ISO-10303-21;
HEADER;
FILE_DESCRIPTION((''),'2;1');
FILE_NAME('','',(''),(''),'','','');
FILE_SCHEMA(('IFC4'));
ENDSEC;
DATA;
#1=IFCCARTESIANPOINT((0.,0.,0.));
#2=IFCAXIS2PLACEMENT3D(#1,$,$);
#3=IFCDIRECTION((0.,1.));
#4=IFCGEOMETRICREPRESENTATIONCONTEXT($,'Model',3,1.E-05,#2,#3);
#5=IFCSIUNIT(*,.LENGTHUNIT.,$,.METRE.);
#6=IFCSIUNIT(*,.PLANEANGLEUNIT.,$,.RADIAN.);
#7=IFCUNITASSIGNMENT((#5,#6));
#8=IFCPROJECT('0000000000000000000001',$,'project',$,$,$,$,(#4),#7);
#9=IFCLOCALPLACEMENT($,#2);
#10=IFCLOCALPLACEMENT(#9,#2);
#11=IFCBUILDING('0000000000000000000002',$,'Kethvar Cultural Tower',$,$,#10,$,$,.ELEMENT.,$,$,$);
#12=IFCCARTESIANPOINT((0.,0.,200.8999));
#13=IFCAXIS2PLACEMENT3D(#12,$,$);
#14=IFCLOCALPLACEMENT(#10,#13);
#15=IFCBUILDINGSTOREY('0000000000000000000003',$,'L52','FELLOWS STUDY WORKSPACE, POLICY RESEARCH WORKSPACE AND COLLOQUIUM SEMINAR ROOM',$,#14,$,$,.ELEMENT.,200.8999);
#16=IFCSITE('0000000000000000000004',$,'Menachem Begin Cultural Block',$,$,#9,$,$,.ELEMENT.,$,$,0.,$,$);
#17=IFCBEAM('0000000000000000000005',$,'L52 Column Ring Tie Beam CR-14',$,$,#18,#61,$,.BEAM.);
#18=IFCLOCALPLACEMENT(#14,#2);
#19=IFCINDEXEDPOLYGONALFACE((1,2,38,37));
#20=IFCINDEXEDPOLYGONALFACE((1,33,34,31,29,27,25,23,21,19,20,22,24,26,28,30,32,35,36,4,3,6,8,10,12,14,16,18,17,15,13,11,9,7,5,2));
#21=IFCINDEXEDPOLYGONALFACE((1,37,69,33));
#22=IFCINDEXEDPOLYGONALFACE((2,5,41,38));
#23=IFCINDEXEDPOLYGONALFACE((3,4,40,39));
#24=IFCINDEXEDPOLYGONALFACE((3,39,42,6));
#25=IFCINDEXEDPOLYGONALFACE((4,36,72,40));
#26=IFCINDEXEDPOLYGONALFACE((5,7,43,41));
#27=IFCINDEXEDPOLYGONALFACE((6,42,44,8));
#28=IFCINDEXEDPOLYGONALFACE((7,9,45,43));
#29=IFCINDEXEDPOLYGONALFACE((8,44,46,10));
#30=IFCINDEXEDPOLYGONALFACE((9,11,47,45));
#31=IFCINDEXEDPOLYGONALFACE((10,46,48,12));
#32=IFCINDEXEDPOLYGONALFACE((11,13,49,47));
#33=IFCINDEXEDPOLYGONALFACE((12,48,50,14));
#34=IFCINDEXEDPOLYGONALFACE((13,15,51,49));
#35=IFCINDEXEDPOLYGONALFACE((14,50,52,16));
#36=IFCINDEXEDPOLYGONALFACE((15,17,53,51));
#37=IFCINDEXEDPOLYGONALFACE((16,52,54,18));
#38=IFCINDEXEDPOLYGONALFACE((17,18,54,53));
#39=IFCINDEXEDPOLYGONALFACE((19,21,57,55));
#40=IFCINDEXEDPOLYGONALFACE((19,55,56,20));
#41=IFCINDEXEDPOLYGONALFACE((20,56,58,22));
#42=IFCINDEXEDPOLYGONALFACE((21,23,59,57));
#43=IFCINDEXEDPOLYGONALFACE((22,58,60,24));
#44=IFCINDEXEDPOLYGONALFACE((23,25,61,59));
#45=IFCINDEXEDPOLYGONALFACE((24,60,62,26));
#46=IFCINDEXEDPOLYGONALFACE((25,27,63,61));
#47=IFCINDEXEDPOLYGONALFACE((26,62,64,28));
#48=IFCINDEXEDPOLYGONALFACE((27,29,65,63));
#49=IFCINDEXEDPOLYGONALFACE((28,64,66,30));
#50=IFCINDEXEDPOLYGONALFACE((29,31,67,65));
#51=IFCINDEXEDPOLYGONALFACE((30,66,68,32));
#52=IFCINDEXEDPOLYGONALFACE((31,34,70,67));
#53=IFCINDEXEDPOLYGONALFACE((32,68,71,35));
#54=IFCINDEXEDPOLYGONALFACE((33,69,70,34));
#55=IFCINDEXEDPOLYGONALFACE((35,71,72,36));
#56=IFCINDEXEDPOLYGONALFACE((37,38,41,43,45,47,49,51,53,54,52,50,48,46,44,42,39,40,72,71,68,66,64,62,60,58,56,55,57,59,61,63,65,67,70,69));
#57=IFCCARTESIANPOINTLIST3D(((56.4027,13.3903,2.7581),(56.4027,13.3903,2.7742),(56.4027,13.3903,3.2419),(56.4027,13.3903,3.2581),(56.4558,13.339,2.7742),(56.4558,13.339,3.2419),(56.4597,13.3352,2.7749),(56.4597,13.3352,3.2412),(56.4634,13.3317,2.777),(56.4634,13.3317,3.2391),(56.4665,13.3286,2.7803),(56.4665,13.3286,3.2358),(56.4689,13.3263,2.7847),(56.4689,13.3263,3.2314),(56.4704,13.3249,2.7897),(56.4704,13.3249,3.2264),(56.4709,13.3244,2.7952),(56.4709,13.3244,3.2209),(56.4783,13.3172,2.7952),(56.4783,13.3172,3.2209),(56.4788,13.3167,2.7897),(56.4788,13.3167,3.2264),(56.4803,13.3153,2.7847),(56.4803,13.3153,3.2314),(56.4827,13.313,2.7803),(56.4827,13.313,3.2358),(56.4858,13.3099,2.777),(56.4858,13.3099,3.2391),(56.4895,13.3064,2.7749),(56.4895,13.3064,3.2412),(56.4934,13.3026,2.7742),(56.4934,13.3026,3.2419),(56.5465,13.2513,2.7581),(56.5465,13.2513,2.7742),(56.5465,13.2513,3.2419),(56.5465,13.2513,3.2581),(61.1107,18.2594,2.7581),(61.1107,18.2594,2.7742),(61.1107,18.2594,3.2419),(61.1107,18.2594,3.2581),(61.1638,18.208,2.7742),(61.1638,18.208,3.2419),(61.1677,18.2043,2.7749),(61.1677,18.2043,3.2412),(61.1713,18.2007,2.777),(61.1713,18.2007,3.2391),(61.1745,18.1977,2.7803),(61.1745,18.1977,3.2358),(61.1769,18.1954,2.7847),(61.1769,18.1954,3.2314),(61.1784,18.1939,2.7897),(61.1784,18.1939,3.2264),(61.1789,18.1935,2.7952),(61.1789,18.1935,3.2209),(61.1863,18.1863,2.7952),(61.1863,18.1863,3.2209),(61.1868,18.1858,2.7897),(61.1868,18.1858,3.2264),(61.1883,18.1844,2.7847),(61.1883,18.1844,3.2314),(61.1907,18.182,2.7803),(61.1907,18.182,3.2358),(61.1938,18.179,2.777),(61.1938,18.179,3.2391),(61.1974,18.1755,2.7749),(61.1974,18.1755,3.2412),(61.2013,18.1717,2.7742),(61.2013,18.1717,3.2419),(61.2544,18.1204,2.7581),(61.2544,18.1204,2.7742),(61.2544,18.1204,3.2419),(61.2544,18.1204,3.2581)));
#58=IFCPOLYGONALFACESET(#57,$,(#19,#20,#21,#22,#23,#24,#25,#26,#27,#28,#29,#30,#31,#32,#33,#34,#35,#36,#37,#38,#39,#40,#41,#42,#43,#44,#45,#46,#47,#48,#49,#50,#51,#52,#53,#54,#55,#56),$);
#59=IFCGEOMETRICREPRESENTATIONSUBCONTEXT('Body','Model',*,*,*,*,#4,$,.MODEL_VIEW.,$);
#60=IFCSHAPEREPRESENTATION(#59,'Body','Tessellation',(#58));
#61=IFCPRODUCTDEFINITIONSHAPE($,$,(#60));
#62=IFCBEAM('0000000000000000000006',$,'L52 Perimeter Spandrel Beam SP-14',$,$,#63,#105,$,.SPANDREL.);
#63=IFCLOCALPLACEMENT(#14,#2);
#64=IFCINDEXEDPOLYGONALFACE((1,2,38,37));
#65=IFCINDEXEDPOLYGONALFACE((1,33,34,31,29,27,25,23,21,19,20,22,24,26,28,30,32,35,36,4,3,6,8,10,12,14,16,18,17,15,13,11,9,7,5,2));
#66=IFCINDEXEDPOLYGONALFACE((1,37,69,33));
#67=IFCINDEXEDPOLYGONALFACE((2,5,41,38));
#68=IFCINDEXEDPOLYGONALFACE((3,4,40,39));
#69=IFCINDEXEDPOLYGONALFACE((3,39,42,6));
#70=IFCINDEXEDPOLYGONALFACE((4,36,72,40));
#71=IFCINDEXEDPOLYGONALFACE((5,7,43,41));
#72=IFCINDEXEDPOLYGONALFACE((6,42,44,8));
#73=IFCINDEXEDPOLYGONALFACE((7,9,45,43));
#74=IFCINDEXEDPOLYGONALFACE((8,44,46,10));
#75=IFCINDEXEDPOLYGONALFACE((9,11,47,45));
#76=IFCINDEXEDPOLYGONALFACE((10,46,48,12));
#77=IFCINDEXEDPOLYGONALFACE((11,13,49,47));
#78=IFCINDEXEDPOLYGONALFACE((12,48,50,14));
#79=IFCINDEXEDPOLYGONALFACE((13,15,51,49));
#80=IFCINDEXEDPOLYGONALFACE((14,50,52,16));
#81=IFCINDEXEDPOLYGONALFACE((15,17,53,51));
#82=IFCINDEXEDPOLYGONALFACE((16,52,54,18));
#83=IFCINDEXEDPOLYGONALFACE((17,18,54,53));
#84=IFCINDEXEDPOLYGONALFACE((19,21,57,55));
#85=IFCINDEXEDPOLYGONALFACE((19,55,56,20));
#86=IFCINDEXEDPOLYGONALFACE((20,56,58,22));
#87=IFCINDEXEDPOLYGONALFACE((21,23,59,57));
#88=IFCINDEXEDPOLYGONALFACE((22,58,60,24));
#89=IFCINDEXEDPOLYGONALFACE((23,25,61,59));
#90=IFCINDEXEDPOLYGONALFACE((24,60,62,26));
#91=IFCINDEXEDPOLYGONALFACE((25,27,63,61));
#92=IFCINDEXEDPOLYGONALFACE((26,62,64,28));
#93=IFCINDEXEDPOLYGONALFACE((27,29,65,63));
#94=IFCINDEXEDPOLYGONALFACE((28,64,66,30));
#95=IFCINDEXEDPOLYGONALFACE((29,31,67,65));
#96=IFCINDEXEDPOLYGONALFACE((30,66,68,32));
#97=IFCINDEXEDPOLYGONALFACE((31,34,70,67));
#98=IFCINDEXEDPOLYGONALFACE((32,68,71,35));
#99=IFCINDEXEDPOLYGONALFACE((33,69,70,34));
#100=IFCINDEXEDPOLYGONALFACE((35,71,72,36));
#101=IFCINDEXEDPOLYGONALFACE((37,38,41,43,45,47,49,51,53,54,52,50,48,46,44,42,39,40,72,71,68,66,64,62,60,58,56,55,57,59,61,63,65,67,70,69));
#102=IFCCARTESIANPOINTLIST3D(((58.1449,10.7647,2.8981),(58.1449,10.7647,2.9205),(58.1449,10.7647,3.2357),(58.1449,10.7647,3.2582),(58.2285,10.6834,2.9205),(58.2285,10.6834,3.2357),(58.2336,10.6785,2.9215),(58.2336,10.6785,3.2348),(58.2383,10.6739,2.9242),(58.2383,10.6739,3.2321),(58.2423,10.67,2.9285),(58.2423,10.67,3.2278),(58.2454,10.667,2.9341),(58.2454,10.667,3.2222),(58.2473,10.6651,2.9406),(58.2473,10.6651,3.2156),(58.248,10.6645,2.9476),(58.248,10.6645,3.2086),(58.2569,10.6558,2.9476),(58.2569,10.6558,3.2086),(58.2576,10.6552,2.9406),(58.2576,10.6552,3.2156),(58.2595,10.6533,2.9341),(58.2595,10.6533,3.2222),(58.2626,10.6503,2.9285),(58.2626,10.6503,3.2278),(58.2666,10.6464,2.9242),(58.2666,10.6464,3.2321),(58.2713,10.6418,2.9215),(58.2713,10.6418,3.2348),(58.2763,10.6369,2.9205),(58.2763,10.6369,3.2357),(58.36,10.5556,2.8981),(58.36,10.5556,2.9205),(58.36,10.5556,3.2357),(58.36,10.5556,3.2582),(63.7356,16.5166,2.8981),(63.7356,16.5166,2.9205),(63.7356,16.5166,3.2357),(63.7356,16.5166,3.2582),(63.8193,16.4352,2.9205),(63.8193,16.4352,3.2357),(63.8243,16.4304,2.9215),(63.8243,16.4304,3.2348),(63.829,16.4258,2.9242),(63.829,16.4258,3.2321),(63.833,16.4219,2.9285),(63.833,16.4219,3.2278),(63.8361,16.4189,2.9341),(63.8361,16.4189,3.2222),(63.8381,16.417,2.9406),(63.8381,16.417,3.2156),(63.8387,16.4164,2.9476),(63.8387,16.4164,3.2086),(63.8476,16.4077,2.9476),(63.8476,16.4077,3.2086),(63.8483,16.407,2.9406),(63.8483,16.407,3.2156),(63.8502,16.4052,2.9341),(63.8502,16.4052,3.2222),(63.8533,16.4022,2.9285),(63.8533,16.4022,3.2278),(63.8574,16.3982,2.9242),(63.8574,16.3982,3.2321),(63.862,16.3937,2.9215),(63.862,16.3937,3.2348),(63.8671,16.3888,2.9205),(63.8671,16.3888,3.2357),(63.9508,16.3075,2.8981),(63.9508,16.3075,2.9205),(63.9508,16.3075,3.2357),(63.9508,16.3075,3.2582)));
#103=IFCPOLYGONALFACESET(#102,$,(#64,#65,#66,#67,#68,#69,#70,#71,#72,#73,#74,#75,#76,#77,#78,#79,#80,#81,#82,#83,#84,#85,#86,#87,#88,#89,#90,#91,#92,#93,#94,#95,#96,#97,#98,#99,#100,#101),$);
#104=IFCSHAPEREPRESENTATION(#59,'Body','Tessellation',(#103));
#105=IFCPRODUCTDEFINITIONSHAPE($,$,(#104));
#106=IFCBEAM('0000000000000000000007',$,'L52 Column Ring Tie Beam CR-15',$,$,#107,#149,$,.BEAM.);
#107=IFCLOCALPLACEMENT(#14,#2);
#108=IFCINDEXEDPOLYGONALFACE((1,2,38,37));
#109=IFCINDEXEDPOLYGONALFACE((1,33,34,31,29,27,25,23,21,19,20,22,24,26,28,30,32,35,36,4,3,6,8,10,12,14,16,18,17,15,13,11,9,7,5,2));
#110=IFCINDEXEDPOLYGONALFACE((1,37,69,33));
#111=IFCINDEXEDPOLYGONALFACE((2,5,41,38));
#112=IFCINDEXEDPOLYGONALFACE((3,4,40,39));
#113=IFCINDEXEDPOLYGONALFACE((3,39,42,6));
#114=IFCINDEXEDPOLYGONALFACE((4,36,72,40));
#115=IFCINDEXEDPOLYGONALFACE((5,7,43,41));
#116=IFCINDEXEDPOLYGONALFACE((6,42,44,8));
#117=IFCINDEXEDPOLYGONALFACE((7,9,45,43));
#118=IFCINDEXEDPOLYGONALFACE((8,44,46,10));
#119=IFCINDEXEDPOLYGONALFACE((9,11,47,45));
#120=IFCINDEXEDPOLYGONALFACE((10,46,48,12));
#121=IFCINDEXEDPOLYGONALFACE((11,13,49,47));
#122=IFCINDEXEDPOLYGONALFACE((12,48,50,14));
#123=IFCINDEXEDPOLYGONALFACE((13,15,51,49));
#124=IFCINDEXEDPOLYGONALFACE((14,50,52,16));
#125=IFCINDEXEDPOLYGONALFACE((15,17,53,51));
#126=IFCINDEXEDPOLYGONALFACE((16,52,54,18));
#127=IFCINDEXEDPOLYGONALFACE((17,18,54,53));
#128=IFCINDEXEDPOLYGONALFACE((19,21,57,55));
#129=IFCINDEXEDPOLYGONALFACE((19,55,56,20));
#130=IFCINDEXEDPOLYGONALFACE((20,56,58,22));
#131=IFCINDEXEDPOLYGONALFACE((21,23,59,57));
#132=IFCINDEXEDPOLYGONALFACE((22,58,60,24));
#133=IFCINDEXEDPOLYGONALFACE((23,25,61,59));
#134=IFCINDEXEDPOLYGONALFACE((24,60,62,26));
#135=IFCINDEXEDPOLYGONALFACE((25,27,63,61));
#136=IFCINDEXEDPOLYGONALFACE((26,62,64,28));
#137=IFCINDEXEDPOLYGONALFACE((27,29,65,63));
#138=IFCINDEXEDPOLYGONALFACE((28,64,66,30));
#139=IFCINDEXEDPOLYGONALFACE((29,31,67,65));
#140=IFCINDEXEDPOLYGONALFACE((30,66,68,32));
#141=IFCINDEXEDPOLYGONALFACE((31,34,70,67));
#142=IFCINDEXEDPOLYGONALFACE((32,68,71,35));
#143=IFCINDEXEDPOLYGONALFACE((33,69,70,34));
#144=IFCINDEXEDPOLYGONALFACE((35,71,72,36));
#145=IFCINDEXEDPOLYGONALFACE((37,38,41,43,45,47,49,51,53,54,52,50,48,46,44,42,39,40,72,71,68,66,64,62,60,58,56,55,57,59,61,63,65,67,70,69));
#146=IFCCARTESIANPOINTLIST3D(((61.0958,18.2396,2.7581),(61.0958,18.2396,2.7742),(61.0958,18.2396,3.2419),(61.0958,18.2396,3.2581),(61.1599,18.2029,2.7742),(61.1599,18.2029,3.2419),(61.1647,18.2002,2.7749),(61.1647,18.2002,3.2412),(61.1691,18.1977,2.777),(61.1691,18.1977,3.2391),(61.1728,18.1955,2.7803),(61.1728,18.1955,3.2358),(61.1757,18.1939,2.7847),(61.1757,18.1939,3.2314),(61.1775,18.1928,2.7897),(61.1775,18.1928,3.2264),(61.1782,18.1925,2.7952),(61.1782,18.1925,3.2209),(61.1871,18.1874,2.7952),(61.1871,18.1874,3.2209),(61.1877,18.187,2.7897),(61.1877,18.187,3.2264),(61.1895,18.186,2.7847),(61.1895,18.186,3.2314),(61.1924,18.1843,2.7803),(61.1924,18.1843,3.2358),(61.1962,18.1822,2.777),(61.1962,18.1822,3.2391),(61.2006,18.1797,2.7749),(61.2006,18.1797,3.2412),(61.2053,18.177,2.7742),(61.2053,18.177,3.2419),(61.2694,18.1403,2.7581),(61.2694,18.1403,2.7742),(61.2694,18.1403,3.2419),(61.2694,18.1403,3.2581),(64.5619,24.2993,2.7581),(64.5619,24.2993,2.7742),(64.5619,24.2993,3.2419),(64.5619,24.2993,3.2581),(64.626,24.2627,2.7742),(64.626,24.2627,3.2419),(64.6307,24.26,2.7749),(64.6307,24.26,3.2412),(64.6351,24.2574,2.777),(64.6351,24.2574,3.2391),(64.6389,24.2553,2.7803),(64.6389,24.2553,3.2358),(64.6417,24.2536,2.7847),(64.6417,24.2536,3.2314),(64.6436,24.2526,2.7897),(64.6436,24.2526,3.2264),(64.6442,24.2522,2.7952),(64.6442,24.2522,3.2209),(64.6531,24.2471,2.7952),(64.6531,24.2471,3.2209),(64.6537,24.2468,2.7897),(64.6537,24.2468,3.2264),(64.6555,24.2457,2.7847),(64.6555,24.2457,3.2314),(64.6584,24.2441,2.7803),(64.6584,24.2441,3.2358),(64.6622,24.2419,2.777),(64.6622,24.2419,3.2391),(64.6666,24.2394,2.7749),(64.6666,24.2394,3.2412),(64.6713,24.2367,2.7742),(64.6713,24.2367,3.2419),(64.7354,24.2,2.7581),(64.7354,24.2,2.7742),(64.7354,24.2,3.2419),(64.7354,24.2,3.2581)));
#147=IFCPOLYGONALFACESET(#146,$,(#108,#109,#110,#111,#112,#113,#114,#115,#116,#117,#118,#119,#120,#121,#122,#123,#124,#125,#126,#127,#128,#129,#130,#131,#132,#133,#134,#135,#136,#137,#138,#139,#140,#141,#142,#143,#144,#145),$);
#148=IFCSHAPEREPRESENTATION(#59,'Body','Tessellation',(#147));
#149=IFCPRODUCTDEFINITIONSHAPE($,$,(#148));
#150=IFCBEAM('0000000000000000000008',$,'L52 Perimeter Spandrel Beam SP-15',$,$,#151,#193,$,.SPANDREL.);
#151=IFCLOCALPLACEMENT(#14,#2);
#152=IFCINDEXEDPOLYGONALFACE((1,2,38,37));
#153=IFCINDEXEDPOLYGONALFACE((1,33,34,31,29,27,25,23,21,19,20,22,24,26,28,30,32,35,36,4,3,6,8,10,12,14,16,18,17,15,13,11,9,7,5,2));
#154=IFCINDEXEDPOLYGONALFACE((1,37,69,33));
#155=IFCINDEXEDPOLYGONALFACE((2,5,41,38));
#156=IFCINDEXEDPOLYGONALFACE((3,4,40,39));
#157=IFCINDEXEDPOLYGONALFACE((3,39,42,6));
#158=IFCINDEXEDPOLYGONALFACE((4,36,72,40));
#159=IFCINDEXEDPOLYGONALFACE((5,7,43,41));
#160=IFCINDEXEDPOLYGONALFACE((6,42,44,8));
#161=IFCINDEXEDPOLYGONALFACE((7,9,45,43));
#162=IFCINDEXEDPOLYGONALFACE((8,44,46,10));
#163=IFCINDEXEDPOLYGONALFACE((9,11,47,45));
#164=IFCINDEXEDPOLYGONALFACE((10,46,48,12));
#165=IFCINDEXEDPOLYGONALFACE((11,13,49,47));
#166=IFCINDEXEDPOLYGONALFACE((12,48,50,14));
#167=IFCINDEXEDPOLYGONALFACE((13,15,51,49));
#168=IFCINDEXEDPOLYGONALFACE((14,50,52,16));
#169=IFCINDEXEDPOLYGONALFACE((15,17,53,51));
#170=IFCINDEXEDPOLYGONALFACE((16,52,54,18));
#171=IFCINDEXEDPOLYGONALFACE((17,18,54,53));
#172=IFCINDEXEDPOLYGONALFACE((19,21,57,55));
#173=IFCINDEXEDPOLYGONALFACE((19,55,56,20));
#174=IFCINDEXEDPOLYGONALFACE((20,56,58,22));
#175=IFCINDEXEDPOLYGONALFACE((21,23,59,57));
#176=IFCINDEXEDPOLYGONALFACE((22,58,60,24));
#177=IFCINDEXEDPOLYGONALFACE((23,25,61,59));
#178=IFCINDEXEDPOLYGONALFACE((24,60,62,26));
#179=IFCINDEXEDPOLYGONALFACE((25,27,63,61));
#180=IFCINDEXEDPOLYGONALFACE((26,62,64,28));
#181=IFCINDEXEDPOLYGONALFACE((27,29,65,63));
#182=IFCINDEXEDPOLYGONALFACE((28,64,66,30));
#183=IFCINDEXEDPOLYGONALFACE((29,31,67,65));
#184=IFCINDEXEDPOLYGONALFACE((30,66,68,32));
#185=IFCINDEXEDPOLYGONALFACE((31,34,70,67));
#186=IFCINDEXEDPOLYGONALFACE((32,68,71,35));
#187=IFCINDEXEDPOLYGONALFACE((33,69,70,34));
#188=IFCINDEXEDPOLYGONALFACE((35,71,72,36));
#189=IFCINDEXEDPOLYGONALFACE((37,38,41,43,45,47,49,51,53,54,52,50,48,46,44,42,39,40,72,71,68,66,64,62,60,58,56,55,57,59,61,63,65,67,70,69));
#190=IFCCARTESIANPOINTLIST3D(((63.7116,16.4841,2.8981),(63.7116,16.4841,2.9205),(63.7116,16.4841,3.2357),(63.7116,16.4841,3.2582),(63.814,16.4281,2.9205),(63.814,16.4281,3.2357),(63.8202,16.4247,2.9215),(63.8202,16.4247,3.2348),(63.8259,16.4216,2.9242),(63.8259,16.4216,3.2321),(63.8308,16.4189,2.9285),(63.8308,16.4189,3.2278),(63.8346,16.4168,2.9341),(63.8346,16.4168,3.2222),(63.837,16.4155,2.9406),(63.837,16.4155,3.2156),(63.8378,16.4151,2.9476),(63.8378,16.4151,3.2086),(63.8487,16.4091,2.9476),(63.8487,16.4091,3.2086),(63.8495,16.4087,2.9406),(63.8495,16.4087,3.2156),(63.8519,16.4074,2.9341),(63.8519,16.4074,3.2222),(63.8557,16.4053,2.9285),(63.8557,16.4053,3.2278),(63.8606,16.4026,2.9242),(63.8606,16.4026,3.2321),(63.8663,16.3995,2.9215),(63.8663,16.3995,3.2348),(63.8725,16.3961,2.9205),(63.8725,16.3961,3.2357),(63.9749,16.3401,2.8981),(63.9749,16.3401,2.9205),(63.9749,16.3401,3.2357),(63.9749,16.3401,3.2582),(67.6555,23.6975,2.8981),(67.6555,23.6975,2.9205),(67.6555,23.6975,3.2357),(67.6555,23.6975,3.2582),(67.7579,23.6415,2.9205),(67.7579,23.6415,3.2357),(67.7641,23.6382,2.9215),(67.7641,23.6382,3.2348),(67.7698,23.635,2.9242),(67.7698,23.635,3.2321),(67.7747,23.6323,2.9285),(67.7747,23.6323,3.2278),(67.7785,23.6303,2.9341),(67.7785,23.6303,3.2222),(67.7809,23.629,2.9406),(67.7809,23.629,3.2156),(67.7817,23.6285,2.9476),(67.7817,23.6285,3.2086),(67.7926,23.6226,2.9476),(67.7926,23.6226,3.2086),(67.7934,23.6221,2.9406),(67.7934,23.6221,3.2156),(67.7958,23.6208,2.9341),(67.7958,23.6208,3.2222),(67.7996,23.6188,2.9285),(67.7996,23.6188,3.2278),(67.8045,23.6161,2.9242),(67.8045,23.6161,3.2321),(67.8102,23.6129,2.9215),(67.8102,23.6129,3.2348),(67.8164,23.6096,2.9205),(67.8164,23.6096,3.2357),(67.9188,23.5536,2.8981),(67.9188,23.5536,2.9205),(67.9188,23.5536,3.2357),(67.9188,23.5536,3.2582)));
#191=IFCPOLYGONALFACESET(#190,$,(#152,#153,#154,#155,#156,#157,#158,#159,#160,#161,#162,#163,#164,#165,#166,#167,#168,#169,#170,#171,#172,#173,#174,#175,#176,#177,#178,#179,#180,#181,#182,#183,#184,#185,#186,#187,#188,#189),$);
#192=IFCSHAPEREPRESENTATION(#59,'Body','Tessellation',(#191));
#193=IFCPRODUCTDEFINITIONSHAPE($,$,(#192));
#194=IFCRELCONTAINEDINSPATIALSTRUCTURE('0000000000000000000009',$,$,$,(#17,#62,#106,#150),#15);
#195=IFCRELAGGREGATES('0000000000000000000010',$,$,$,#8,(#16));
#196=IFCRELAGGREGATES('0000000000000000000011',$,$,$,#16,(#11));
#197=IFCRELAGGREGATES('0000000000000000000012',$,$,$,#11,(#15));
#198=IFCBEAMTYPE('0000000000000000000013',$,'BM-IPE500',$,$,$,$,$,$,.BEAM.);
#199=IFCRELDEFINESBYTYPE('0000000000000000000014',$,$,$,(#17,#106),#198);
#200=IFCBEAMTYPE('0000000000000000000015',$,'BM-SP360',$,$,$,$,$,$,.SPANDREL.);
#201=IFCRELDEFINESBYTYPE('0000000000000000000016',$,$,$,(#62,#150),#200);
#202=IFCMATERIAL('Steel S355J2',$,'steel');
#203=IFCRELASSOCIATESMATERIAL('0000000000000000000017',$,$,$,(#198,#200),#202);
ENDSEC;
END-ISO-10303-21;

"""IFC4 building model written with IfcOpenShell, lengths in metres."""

from ifc_helpers import new_model, si_unit, direction, frame, origin, origin_2d, place, context, subcontext, project, spatial, i_section, extrude, source, transform, mapped, material, material_profile, profile_set, type_object, element, save


model = new_model("IFC4")

# Units and contexts
model_context = context("Model", 3, precision=1e-05, world=origin(), true_north=direction((0.0, 1.0)))
body_context = subcontext(model_context, "Body", "Model", "MODEL_VIEW")
ifc_project = project(units=[si_unit("LENGTHUNIT", "METRE"), si_unit("PLANEANGLEUNIT", "RADIAN")], contexts=[model_context])

# Site, building, storey
site_placement = place(None, origin())
site = spatial("IfcSite", under=ifc_project, at=site_placement, Name="Menachem Begin Cultural Block", CompositionType="ELEMENT", RefElevation=0.0)
building_placement = place(site_placement, origin())
building = spatial("IfcBuilding", under=site, at=building_placement, Name="Kethvar Cultural Tower", CompositionType="ELEMENT")
storey_placement = place(building_placement, frame((0.0, 0.0, 200.8999)))
storey = spatial("IfcBuildingStorey", under=building, at=storey_placement, Name="L52", Description="FELLOWS STUDY WORKSPACE, POLICY RESEARCH WORKSPACE AND COLLOQUIUM SEMINAR ROOM", CompositionType="ELEMENT", Elevation=200.8999)

# Beams
ifc_material_1 = material(Name="Steel S355J2", Category="steel")
ifc_material_profile_1 = material_profile(ifc_material_1, i_section(OverallWidth=0.2, OverallDepth=0.5, WebThickness=0.0103, FlangeThickness=0.0161, FilletRadius=0.021, at=origin_2d()), Name="Steel S355J2 — IPE500")
ifc_profile_set_1 = profile_set([ifc_material_profile_1], Name="Steel S355J2 — IPE500")
beam_type_1 = type_object("IfcBeamType", Name="BM-IPE500", PredefinedType="BEAM", material=ifc_profile_set_1)
shared_shape_1 = source(origin(), body_context, "Body", "SweptSolid", [
    extrude(i_section(OverallWidth=0.2, OverallDepth=0.5, WebThickness=0.0103, FlangeThickness=0.0161, FilletRadius=0.021, at=origin_2d()), origin(), (0.0, 0.0, 1.0), 6.7729),
])
beam_1_placement = place(storey_placement, frame((56.4746, 13.3208, 3.0081), z_axis=(0.695112, 0.718902, 0.0), x_axis=(-0.718902, 0.695112, 0.0)))
element("IfcBeam", 1, at=beam_1_placement, inside=storey, type_object=beam_type_1, Name="L52 Column Ring Tie Beam CR-14", PredefinedType="BEAM", context=body_context, shape_type="MappedRepresentation", body=[
    mapped(shared_shape_1, transform((0.0, 0.0, 0.0), scale=1.0)),
])
ifc_material_profile_2 = material_profile(ifc_material_1, i_section(OverallWidth=0.3, OverallDepth=0.3601, WebThickness=0.0125, FlangeThickness=0.0225, FilletRadius=0.0271, at=origin_2d()), Name="Steel S355J2 — HEB360")
ifc_profile_set_2 = profile_set([ifc_material_profile_2], Name="Steel S355J2 — HEB360")
beam_type_2 = type_object("IfcBeamType", Name="BM-SP360", PredefinedType="SPANDREL", material=ifc_profile_set_2)
shared_shape_2 = source(origin(), body_context, "Body", "SweptSolid", [
    extrude(i_section(OverallWidth=0.3, OverallDepth=0.3601, WebThickness=0.0125, FlangeThickness=0.0225, FilletRadius=0.0271, at=origin_2d()), origin(), (0.0, 0.0, 1.0), 8.0212),
])
beam_2_placement = place(storey_placement, frame((58.2524, 10.6602, 3.0781), z_axis=(0.696991, 0.717079, 0.0), x_axis=(-0.717079, 0.696991, 0.0)))
element("IfcBeam", 2, at=beam_2_placement, inside=storey, type_object=beam_type_2, Name="L52 Perimeter Spandrel Beam SP-14", PredefinedType="SPANDREL", context=body_context, shape_type="MappedRepresentation", body=[
    mapped(shared_shape_2, transform((0.0, 0.0, 0.0), scale=1.0)),
])
shared_shape_3 = source(origin(), body_context, "Body", "SweptSolid", [
    extrude(i_section(OverallWidth=0.2, OverallDepth=0.5, WebThickness=0.0103, FlangeThickness=0.0161, FilletRadius=0.021, at=origin_2d()), origin(), (0.0, 0.0, 1.0), 6.981),
])
beam_3_placement = place(storey_placement, frame((61.1826, 18.1899, 3.0081), z_axis=(0.496497, 0.868039, 0.0), x_axis=(-0.868039, 0.496497, 0.0)))
element("IfcBeam", 3, at=beam_3_placement, inside=storey, type_object=beam_type_1, Name="L52 Column Ring Tie Beam CR-15", PredefinedType="BEAM", context=body_context, shape_type="MappedRepresentation", body=[
    mapped(shared_shape_3, transform((0.0, 0.0, 0.0), scale=1.0)),
])
shared_shape_4 = source(origin(), body_context, "Body", "SweptSolid", [
    extrude(i_section(OverallWidth=0.3, OverallDepth=0.3601, WebThickness=0.0125, FlangeThickness=0.0225, FilletRadius=0.0271, at=origin_2d()), origin(), (0.0, 0.0, 1.0), 8.2212),
])
beam_4_placement = place(storey_placement, frame((63.8433, 16.4121, 3.0781), z_axis=(0.479722, 0.877421, 0.0), x_axis=(-0.877421, 0.479722, 0.0)))
element("IfcBeam", 4, at=beam_4_placement, inside=storey, type_object=beam_type_2, Name="L52 Perimeter Spandrel Beam SP-15", PredefinedType="SPANDREL", context=body_context, shape_type="MappedRepresentation", body=[
    mapped(shared_shape_4, transform((0.0, 0.0, 0.0), scale=1.0)),
])

save(model, "model.ifc")
